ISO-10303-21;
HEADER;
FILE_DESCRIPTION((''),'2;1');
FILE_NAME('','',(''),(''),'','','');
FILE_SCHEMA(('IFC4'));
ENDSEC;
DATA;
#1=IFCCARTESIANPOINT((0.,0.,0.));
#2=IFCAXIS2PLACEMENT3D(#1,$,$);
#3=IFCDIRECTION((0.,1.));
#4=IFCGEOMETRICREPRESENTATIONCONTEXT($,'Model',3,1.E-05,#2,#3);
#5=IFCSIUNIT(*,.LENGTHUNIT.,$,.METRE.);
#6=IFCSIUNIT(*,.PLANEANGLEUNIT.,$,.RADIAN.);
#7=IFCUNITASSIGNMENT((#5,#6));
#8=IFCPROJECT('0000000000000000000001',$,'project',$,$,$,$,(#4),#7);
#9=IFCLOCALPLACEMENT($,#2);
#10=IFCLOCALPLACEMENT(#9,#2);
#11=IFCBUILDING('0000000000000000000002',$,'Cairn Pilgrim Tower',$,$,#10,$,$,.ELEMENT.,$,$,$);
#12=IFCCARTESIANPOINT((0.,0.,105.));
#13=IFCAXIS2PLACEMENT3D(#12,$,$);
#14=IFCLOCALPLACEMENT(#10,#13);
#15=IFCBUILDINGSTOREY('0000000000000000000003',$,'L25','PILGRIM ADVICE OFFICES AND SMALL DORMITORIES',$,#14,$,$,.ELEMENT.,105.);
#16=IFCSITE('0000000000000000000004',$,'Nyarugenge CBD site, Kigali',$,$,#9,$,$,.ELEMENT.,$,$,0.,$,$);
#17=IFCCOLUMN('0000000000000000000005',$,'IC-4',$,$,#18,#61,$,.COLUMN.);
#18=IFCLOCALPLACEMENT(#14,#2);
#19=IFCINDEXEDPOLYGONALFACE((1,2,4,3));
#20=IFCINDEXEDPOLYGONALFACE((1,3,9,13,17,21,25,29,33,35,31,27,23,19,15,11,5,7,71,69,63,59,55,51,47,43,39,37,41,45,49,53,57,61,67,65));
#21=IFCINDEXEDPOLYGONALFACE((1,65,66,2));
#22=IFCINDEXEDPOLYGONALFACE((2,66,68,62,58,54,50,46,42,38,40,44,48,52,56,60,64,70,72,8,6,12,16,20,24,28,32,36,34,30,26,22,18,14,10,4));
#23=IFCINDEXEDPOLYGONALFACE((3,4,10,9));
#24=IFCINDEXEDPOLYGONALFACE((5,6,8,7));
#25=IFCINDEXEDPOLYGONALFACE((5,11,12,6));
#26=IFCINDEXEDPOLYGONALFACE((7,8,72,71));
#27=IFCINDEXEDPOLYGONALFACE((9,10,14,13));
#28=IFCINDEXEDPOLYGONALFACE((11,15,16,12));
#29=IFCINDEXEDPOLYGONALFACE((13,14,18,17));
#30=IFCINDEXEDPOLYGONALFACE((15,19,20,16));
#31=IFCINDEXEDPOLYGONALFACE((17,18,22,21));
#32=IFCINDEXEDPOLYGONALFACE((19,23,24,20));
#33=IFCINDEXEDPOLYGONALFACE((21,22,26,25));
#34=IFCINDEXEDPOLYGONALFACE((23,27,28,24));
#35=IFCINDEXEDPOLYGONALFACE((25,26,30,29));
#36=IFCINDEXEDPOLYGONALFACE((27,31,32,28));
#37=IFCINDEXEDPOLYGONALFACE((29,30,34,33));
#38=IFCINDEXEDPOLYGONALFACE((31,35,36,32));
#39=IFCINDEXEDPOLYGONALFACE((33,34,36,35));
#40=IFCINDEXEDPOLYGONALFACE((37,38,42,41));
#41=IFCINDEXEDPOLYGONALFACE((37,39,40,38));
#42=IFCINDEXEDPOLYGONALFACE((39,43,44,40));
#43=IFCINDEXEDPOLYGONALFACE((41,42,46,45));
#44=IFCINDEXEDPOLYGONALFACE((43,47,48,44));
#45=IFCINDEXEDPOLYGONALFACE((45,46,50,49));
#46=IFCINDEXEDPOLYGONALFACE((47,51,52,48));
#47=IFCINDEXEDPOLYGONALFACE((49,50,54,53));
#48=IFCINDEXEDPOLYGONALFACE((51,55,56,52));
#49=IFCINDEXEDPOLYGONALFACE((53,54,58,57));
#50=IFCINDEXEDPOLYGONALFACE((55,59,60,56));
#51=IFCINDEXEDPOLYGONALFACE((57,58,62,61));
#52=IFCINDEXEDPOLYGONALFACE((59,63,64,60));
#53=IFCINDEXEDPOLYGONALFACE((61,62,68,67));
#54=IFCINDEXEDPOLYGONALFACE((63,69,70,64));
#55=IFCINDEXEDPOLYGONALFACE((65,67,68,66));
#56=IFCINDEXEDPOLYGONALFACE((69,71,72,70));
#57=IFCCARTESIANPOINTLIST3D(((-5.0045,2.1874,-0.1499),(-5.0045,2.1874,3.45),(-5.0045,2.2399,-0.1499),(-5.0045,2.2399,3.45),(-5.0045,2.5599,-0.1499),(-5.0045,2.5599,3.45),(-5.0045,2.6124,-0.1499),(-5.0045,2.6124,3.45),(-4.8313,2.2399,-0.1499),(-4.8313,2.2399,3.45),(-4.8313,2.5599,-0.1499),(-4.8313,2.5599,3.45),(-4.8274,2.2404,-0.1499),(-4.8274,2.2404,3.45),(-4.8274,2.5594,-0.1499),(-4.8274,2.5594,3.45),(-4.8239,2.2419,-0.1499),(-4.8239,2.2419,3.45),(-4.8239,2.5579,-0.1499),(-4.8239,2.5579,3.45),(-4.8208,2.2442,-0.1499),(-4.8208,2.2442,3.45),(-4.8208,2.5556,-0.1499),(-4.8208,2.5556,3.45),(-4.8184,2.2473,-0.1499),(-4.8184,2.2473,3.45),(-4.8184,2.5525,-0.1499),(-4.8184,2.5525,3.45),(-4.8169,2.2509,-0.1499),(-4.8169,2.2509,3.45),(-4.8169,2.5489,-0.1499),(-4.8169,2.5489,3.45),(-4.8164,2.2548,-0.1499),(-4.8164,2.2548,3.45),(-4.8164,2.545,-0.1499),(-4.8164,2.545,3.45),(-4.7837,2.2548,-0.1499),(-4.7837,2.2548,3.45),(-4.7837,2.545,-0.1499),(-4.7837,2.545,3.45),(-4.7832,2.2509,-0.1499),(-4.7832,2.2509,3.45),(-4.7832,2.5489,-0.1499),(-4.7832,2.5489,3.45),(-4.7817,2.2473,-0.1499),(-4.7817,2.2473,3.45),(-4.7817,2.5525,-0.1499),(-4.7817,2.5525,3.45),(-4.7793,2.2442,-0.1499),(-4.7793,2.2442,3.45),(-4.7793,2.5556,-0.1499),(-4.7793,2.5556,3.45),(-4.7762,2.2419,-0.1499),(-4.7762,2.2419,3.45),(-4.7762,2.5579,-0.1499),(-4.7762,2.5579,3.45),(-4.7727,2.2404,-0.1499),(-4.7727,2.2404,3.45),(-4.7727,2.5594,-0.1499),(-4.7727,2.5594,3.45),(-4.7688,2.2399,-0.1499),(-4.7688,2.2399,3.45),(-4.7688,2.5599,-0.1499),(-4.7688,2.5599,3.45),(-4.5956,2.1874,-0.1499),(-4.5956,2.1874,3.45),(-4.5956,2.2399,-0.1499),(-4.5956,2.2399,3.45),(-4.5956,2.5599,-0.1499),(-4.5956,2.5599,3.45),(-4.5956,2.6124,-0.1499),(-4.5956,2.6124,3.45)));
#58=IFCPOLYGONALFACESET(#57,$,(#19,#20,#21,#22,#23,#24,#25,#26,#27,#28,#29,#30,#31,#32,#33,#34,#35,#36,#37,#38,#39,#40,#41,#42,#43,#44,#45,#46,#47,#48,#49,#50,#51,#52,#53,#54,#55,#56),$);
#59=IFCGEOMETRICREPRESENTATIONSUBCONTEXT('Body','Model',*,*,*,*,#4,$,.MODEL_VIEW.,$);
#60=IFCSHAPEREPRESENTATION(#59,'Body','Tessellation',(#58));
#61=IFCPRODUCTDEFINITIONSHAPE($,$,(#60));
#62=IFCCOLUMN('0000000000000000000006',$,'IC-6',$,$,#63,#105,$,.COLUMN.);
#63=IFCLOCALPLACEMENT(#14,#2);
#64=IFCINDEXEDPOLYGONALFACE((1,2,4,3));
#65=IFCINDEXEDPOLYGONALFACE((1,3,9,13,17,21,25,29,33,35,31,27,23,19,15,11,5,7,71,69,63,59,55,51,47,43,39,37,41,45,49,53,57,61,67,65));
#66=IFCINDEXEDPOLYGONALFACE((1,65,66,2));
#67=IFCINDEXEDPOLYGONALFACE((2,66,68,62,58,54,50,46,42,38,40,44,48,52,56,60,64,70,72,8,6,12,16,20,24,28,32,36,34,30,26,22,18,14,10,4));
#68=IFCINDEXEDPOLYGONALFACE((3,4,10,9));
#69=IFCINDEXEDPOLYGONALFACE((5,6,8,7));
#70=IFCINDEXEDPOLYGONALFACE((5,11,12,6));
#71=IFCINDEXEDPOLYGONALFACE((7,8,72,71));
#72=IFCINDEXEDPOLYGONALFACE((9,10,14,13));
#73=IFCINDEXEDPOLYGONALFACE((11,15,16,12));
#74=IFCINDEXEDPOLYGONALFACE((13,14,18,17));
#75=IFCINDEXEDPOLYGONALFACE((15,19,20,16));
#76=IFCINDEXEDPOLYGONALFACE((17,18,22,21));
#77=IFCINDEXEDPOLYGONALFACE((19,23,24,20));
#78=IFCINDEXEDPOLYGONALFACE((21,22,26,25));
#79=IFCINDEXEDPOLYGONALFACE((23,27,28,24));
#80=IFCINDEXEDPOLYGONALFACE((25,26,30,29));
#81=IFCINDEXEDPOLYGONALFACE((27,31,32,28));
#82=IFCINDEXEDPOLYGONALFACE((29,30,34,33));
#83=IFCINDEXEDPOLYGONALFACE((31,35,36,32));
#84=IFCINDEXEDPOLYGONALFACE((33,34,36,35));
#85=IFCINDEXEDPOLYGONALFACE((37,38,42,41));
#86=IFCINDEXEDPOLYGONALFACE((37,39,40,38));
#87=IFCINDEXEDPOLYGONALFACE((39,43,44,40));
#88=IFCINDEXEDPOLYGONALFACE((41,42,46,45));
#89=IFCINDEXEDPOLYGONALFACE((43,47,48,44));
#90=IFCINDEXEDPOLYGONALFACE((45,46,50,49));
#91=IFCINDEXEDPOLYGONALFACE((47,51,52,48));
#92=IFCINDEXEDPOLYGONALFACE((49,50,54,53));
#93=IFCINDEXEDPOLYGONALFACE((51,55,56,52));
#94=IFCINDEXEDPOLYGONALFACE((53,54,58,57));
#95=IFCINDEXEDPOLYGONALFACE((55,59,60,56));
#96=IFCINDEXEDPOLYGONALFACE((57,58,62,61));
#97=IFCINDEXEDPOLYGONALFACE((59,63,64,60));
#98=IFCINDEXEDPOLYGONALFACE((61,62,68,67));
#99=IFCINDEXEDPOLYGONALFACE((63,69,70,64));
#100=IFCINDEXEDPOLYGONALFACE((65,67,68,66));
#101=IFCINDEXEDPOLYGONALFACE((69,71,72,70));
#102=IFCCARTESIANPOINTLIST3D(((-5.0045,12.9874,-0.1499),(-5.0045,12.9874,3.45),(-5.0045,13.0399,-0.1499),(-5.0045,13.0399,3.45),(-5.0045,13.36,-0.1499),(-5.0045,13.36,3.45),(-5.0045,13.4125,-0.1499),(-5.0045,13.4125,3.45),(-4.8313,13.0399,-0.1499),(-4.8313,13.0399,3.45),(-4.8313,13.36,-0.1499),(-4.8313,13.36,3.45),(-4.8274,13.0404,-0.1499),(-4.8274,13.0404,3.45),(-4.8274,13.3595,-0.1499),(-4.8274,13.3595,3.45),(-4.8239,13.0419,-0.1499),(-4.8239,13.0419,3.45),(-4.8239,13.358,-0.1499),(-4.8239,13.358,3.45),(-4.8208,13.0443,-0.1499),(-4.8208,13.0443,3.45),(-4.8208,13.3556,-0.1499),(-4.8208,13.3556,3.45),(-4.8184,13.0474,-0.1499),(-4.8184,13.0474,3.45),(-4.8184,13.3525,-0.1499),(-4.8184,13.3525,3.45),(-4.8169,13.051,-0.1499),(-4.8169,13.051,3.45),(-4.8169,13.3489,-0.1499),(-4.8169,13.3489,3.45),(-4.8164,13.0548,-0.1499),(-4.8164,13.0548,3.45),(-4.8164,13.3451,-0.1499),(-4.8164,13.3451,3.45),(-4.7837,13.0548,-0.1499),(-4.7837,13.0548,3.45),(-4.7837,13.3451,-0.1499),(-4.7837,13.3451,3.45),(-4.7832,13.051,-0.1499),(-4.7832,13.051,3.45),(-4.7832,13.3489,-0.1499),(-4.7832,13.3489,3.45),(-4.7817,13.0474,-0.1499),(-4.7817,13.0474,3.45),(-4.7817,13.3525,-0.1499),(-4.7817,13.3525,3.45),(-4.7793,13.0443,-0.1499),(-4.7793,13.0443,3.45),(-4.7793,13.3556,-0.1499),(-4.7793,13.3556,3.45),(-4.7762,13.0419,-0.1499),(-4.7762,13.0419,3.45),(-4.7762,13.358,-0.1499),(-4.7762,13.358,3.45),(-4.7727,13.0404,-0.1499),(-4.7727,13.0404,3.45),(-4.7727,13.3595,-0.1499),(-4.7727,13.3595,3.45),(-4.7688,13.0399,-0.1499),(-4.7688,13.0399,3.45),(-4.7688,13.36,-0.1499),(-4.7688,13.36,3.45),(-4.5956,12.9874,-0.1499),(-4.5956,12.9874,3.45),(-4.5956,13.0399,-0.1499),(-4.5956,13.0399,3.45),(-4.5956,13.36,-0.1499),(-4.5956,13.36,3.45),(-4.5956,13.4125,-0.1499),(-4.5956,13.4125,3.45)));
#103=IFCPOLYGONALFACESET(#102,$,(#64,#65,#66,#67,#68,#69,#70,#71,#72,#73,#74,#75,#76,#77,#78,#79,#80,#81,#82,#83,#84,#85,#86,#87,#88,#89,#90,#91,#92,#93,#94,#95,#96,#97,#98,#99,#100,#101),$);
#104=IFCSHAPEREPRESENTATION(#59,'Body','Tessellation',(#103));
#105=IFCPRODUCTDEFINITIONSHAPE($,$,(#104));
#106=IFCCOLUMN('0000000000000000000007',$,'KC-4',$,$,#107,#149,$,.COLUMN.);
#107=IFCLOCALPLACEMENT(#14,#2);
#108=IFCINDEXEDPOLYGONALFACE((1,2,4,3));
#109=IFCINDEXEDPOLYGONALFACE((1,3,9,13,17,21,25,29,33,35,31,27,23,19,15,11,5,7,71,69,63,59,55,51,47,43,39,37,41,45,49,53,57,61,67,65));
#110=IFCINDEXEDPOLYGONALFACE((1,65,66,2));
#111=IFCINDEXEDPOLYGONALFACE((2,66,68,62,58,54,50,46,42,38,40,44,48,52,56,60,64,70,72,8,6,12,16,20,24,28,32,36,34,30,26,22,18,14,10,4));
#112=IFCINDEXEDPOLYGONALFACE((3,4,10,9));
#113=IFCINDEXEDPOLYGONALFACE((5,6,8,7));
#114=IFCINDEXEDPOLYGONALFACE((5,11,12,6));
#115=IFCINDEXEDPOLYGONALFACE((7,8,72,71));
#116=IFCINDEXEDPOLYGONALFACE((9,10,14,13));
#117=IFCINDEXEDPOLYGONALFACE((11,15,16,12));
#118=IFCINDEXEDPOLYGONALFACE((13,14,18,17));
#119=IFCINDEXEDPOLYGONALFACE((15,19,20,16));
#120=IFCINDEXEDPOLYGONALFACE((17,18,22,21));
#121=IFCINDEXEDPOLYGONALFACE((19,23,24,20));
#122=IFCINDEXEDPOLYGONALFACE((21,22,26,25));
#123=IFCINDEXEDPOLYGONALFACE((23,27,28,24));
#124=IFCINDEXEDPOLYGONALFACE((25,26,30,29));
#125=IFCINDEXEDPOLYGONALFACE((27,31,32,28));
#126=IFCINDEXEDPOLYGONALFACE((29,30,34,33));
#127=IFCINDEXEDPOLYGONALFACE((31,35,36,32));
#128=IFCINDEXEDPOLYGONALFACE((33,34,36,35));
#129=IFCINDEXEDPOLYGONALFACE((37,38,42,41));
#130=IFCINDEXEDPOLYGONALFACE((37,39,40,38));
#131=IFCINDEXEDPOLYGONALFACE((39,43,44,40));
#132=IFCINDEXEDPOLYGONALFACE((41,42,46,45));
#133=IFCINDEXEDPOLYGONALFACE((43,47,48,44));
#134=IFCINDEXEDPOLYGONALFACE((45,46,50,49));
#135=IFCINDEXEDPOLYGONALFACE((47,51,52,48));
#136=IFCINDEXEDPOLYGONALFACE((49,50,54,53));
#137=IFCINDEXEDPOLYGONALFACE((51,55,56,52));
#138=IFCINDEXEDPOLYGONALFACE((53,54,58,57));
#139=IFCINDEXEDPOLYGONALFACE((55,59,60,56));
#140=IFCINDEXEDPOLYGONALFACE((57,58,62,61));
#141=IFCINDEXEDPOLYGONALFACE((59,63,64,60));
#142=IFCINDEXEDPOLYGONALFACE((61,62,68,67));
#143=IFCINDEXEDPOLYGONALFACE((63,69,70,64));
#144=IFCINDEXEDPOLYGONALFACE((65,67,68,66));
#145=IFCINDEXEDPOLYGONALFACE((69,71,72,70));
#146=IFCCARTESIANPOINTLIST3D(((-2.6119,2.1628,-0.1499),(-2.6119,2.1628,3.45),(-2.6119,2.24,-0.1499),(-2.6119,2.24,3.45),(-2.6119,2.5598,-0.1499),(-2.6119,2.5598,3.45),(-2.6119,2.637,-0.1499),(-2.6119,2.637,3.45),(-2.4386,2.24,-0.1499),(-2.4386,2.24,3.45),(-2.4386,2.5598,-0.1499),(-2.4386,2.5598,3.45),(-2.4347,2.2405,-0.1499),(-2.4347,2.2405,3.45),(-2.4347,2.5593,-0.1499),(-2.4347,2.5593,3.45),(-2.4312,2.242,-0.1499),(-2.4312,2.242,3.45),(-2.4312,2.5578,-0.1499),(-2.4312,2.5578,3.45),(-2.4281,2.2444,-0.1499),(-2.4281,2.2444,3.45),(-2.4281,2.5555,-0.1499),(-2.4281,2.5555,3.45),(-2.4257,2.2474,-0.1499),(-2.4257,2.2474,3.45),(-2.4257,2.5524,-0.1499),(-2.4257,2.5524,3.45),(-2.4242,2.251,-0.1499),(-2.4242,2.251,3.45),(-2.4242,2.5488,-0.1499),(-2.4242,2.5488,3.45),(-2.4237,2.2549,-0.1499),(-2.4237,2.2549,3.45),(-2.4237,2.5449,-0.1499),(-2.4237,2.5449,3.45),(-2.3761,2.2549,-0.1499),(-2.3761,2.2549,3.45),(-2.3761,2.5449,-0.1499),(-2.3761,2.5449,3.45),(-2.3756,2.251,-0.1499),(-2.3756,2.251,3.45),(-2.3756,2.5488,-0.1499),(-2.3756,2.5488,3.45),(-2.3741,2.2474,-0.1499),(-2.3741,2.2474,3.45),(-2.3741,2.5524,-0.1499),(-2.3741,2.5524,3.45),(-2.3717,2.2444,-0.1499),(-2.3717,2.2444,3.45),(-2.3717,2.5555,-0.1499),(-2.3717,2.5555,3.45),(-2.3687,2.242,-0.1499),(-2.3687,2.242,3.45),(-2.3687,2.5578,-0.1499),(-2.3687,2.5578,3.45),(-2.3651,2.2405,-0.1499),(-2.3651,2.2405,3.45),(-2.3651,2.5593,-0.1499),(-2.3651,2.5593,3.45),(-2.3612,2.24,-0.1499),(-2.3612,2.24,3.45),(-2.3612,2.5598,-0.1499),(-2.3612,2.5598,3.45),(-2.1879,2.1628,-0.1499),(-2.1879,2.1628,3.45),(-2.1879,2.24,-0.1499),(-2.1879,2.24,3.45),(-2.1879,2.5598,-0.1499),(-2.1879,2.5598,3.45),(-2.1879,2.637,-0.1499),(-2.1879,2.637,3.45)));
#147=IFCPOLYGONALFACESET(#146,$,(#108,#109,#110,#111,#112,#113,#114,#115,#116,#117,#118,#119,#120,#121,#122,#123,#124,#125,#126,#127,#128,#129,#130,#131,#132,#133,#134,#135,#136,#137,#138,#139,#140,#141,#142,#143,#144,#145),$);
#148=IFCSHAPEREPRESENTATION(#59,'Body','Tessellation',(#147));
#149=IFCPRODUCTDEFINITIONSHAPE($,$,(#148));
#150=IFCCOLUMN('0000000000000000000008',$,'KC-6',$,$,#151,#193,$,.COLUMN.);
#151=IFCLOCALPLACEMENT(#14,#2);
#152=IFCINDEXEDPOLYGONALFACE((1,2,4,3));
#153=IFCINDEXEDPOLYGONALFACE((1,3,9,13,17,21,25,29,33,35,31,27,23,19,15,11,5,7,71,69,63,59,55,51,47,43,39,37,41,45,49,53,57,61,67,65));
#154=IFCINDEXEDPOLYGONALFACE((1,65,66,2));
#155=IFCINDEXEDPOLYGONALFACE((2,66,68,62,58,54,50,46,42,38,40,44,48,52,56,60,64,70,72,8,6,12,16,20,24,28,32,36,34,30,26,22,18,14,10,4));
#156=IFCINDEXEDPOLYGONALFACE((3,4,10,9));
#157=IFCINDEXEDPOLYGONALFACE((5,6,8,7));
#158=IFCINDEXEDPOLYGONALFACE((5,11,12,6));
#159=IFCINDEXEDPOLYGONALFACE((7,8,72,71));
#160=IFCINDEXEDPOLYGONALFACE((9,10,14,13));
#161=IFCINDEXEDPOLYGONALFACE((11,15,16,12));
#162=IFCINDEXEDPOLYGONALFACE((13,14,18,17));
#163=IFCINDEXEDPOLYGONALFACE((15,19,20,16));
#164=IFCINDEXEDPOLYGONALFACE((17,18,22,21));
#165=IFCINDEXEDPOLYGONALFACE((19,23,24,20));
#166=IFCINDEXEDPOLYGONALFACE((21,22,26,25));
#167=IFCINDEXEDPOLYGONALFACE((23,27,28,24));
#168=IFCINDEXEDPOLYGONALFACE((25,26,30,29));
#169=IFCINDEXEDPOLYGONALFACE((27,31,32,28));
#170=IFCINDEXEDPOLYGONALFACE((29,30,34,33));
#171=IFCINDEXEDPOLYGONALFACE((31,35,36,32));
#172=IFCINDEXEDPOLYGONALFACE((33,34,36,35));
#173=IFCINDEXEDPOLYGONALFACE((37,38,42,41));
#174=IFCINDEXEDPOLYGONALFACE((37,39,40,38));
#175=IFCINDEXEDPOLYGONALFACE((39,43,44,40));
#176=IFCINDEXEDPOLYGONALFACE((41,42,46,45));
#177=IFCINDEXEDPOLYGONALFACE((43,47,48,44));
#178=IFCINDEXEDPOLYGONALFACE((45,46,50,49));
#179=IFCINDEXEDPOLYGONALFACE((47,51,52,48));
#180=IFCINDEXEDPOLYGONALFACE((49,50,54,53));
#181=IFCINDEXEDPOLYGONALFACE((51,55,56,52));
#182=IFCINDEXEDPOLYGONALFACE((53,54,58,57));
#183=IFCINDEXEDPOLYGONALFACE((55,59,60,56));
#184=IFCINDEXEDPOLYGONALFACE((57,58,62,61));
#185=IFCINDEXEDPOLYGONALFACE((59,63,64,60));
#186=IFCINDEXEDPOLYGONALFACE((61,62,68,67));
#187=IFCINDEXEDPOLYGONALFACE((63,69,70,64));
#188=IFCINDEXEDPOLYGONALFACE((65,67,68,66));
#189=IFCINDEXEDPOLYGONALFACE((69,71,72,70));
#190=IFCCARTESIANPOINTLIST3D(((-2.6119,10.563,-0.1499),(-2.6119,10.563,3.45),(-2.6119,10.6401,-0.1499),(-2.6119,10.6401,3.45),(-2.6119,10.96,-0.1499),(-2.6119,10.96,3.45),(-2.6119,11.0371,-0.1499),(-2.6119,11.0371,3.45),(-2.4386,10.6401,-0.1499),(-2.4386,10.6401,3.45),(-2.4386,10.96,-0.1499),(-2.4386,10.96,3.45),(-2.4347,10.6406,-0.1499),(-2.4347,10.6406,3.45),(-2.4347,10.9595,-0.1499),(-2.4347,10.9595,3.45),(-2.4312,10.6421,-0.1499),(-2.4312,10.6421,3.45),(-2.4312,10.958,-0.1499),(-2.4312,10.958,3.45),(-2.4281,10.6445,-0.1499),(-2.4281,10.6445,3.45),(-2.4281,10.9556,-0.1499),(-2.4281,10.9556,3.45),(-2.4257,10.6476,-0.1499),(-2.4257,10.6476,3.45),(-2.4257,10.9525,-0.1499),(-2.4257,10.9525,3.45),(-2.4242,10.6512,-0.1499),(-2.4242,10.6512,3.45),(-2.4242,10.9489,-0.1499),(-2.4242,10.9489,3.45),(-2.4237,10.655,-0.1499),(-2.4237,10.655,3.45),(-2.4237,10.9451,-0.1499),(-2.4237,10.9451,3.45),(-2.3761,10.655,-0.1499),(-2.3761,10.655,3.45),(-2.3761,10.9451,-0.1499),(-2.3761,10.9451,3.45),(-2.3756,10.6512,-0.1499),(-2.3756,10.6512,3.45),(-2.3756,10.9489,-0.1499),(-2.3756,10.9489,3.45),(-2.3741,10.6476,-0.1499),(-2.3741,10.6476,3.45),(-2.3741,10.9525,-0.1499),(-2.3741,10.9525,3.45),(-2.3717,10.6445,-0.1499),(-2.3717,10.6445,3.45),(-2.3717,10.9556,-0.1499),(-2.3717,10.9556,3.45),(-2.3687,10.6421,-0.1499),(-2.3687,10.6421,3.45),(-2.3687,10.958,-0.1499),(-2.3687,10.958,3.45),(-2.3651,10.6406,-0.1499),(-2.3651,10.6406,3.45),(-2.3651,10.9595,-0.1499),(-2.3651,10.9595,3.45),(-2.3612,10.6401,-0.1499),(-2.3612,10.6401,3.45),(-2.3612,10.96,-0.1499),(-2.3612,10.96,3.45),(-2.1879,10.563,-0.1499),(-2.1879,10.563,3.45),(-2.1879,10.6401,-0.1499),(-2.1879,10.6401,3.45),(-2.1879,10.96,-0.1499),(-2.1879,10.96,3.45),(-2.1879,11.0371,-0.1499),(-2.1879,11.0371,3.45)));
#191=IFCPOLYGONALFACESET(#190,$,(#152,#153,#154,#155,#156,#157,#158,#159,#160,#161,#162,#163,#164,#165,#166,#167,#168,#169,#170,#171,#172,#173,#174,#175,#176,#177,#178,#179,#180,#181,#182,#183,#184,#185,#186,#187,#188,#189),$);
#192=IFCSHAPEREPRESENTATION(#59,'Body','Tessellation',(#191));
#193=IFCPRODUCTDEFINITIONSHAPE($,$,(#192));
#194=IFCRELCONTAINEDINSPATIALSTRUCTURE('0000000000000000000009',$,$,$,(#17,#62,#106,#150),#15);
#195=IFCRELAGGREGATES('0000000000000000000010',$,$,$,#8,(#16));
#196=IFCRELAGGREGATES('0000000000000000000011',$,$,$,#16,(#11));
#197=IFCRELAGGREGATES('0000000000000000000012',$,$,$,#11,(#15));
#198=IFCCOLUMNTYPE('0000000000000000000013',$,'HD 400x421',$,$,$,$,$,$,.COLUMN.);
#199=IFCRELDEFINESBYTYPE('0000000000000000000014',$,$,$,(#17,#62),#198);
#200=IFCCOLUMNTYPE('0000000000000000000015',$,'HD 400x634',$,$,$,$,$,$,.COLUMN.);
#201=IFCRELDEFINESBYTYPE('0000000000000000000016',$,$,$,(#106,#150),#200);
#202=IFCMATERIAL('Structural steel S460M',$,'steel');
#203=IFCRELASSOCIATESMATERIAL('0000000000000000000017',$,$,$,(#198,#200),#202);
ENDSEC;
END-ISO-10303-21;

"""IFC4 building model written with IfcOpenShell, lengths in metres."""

from ifc_helpers import new_model, si_unit, direction, frame, origin, origin_2d, place, context, subcontext, project, spatial, i_section, extrude, material, material_profile, profile_set, type_object, element, save


model = new_model("IFC4")

# Units and contexts
model_context = context("Model", 3, precision=1e-05, world=origin(), true_north=direction((0.0, 1.0)))
body_context = subcontext(model_context, "Body", "Model", "MODEL_VIEW")
ifc_project = project(units=[si_unit("LENGTHUNIT", "METRE"), si_unit("PLANEANGLEUNIT", "RADIAN")], contexts=[model_context])

# Site, building, storey
site_placement = place(None, origin())
site = spatial("IfcSite", under=ifc_project, at=site_placement, Name="Nyarugenge CBD site, Kigali", CompositionType="ELEMENT", RefElevation=0.0)
building_placement = place(site_placement, origin())
building = spatial("IfcBuilding", under=site, at=building_placement, Name="Cairn Pilgrim Tower", CompositionType="ELEMENT")
storey_placement = place(building_placement, frame((0.0, 0.0, 105.0)))
storey = spatial("IfcBuildingStorey", under=building, at=storey_placement, Name="L25", Description="PILGRIM ADVICE OFFICES AND SMALL DORMITORIES", CompositionType="ELEMENT", Elevation=105.0)

# Columns
ifc_material_1 = material(Name="Structural steel S460M", Category="steel")
ifc_material_profile_1 = material_profile(ifc_material_1, i_section(OverallWidth=0.4089, OverallDepth=0.425, WebThickness=0.0327, FlangeThickness=0.0525, FilletRadius=0.0149, at=origin_2d()), Name="HD 400x421")
ifc_profile_set_1 = profile_set([ifc_material_profile_1], Name="Structural steel S460M")
column_type_1 = type_object("IfcColumnType", Name="HD 400x421", PredefinedType="COLUMN", material=ifc_profile_set_1)
for number, where, z_axis, x_axis, name in (
    (1, (-4.8, 2.3999, -0.1499), (0.0, 0.0, 1.0), (1.0, 0.0, 0.0), "IC-4"),
    (2, (-4.8, 13.2, -0.1499), (0.0, 0.0, 1.0), (1.0, 0.0, 0.0), "IC-6"),
):
    element("IfcColumn", number, at=place(storey_placement, frame(where, z_axis=z_axis, x_axis=x_axis)), inside=storey, type_object=column_type_1, Name=name, PredefinedType="COLUMN", context=body_context, shape_type="SweptSolid", body=[
        extrude(i_section(OverallWidth=0.4089, OverallDepth=0.425, WebThickness=0.0327, FlangeThickness=0.0525, FilletRadius=0.0149, at=origin_2d()), origin(), (0.0, 0.0, 1.0), 3.5999),
    ])
ifc_material_profile_2 = material_profile(ifc_material_1, i_section(OverallWidth=0.4241, OverallDepth=0.4741, WebThickness=0.0476, FlangeThickness=0.0771, FilletRadius=0.0149, at=origin_2d()), Name="HD 400x634")
ifc_profile_set_2 = profile_set([ifc_material_profile_2], Name="Structural steel S460M")
column_type_2 = type_object("IfcColumnType", Name="HD 400x634", PredefinedType="COLUMN", material=ifc_profile_set_2)
for number, where, z_axis, x_axis, name in (
    (3, (-2.3999, 2.3999, -0.1499), (0.0, 0.0, 1.0), (1.0, 0.0, 0.0), "KC-4"),
    (4, (-2.3999, 10.8, -0.1499), (0.0, 0.0, 1.0), (1.0, 0.0, 0.0), "KC-6"),
):
    element("IfcColumn", number, at=place(storey_placement, frame(where, z_axis=z_axis, x_axis=x_axis)), inside=storey, type_object=column_type_2, Name=name, PredefinedType="COLUMN", context=body_context, shape_type="SweptSolid", body=[
        extrude(i_section(OverallWidth=0.4241, OverallDepth=0.4741, WebThickness=0.0476, FlangeThickness=0.0771, FilletRadius=0.0149, at=origin_2d()), origin(), (0.0, 0.0, 1.0), 3.5999),
    ])

save(model, "model.ifc")
